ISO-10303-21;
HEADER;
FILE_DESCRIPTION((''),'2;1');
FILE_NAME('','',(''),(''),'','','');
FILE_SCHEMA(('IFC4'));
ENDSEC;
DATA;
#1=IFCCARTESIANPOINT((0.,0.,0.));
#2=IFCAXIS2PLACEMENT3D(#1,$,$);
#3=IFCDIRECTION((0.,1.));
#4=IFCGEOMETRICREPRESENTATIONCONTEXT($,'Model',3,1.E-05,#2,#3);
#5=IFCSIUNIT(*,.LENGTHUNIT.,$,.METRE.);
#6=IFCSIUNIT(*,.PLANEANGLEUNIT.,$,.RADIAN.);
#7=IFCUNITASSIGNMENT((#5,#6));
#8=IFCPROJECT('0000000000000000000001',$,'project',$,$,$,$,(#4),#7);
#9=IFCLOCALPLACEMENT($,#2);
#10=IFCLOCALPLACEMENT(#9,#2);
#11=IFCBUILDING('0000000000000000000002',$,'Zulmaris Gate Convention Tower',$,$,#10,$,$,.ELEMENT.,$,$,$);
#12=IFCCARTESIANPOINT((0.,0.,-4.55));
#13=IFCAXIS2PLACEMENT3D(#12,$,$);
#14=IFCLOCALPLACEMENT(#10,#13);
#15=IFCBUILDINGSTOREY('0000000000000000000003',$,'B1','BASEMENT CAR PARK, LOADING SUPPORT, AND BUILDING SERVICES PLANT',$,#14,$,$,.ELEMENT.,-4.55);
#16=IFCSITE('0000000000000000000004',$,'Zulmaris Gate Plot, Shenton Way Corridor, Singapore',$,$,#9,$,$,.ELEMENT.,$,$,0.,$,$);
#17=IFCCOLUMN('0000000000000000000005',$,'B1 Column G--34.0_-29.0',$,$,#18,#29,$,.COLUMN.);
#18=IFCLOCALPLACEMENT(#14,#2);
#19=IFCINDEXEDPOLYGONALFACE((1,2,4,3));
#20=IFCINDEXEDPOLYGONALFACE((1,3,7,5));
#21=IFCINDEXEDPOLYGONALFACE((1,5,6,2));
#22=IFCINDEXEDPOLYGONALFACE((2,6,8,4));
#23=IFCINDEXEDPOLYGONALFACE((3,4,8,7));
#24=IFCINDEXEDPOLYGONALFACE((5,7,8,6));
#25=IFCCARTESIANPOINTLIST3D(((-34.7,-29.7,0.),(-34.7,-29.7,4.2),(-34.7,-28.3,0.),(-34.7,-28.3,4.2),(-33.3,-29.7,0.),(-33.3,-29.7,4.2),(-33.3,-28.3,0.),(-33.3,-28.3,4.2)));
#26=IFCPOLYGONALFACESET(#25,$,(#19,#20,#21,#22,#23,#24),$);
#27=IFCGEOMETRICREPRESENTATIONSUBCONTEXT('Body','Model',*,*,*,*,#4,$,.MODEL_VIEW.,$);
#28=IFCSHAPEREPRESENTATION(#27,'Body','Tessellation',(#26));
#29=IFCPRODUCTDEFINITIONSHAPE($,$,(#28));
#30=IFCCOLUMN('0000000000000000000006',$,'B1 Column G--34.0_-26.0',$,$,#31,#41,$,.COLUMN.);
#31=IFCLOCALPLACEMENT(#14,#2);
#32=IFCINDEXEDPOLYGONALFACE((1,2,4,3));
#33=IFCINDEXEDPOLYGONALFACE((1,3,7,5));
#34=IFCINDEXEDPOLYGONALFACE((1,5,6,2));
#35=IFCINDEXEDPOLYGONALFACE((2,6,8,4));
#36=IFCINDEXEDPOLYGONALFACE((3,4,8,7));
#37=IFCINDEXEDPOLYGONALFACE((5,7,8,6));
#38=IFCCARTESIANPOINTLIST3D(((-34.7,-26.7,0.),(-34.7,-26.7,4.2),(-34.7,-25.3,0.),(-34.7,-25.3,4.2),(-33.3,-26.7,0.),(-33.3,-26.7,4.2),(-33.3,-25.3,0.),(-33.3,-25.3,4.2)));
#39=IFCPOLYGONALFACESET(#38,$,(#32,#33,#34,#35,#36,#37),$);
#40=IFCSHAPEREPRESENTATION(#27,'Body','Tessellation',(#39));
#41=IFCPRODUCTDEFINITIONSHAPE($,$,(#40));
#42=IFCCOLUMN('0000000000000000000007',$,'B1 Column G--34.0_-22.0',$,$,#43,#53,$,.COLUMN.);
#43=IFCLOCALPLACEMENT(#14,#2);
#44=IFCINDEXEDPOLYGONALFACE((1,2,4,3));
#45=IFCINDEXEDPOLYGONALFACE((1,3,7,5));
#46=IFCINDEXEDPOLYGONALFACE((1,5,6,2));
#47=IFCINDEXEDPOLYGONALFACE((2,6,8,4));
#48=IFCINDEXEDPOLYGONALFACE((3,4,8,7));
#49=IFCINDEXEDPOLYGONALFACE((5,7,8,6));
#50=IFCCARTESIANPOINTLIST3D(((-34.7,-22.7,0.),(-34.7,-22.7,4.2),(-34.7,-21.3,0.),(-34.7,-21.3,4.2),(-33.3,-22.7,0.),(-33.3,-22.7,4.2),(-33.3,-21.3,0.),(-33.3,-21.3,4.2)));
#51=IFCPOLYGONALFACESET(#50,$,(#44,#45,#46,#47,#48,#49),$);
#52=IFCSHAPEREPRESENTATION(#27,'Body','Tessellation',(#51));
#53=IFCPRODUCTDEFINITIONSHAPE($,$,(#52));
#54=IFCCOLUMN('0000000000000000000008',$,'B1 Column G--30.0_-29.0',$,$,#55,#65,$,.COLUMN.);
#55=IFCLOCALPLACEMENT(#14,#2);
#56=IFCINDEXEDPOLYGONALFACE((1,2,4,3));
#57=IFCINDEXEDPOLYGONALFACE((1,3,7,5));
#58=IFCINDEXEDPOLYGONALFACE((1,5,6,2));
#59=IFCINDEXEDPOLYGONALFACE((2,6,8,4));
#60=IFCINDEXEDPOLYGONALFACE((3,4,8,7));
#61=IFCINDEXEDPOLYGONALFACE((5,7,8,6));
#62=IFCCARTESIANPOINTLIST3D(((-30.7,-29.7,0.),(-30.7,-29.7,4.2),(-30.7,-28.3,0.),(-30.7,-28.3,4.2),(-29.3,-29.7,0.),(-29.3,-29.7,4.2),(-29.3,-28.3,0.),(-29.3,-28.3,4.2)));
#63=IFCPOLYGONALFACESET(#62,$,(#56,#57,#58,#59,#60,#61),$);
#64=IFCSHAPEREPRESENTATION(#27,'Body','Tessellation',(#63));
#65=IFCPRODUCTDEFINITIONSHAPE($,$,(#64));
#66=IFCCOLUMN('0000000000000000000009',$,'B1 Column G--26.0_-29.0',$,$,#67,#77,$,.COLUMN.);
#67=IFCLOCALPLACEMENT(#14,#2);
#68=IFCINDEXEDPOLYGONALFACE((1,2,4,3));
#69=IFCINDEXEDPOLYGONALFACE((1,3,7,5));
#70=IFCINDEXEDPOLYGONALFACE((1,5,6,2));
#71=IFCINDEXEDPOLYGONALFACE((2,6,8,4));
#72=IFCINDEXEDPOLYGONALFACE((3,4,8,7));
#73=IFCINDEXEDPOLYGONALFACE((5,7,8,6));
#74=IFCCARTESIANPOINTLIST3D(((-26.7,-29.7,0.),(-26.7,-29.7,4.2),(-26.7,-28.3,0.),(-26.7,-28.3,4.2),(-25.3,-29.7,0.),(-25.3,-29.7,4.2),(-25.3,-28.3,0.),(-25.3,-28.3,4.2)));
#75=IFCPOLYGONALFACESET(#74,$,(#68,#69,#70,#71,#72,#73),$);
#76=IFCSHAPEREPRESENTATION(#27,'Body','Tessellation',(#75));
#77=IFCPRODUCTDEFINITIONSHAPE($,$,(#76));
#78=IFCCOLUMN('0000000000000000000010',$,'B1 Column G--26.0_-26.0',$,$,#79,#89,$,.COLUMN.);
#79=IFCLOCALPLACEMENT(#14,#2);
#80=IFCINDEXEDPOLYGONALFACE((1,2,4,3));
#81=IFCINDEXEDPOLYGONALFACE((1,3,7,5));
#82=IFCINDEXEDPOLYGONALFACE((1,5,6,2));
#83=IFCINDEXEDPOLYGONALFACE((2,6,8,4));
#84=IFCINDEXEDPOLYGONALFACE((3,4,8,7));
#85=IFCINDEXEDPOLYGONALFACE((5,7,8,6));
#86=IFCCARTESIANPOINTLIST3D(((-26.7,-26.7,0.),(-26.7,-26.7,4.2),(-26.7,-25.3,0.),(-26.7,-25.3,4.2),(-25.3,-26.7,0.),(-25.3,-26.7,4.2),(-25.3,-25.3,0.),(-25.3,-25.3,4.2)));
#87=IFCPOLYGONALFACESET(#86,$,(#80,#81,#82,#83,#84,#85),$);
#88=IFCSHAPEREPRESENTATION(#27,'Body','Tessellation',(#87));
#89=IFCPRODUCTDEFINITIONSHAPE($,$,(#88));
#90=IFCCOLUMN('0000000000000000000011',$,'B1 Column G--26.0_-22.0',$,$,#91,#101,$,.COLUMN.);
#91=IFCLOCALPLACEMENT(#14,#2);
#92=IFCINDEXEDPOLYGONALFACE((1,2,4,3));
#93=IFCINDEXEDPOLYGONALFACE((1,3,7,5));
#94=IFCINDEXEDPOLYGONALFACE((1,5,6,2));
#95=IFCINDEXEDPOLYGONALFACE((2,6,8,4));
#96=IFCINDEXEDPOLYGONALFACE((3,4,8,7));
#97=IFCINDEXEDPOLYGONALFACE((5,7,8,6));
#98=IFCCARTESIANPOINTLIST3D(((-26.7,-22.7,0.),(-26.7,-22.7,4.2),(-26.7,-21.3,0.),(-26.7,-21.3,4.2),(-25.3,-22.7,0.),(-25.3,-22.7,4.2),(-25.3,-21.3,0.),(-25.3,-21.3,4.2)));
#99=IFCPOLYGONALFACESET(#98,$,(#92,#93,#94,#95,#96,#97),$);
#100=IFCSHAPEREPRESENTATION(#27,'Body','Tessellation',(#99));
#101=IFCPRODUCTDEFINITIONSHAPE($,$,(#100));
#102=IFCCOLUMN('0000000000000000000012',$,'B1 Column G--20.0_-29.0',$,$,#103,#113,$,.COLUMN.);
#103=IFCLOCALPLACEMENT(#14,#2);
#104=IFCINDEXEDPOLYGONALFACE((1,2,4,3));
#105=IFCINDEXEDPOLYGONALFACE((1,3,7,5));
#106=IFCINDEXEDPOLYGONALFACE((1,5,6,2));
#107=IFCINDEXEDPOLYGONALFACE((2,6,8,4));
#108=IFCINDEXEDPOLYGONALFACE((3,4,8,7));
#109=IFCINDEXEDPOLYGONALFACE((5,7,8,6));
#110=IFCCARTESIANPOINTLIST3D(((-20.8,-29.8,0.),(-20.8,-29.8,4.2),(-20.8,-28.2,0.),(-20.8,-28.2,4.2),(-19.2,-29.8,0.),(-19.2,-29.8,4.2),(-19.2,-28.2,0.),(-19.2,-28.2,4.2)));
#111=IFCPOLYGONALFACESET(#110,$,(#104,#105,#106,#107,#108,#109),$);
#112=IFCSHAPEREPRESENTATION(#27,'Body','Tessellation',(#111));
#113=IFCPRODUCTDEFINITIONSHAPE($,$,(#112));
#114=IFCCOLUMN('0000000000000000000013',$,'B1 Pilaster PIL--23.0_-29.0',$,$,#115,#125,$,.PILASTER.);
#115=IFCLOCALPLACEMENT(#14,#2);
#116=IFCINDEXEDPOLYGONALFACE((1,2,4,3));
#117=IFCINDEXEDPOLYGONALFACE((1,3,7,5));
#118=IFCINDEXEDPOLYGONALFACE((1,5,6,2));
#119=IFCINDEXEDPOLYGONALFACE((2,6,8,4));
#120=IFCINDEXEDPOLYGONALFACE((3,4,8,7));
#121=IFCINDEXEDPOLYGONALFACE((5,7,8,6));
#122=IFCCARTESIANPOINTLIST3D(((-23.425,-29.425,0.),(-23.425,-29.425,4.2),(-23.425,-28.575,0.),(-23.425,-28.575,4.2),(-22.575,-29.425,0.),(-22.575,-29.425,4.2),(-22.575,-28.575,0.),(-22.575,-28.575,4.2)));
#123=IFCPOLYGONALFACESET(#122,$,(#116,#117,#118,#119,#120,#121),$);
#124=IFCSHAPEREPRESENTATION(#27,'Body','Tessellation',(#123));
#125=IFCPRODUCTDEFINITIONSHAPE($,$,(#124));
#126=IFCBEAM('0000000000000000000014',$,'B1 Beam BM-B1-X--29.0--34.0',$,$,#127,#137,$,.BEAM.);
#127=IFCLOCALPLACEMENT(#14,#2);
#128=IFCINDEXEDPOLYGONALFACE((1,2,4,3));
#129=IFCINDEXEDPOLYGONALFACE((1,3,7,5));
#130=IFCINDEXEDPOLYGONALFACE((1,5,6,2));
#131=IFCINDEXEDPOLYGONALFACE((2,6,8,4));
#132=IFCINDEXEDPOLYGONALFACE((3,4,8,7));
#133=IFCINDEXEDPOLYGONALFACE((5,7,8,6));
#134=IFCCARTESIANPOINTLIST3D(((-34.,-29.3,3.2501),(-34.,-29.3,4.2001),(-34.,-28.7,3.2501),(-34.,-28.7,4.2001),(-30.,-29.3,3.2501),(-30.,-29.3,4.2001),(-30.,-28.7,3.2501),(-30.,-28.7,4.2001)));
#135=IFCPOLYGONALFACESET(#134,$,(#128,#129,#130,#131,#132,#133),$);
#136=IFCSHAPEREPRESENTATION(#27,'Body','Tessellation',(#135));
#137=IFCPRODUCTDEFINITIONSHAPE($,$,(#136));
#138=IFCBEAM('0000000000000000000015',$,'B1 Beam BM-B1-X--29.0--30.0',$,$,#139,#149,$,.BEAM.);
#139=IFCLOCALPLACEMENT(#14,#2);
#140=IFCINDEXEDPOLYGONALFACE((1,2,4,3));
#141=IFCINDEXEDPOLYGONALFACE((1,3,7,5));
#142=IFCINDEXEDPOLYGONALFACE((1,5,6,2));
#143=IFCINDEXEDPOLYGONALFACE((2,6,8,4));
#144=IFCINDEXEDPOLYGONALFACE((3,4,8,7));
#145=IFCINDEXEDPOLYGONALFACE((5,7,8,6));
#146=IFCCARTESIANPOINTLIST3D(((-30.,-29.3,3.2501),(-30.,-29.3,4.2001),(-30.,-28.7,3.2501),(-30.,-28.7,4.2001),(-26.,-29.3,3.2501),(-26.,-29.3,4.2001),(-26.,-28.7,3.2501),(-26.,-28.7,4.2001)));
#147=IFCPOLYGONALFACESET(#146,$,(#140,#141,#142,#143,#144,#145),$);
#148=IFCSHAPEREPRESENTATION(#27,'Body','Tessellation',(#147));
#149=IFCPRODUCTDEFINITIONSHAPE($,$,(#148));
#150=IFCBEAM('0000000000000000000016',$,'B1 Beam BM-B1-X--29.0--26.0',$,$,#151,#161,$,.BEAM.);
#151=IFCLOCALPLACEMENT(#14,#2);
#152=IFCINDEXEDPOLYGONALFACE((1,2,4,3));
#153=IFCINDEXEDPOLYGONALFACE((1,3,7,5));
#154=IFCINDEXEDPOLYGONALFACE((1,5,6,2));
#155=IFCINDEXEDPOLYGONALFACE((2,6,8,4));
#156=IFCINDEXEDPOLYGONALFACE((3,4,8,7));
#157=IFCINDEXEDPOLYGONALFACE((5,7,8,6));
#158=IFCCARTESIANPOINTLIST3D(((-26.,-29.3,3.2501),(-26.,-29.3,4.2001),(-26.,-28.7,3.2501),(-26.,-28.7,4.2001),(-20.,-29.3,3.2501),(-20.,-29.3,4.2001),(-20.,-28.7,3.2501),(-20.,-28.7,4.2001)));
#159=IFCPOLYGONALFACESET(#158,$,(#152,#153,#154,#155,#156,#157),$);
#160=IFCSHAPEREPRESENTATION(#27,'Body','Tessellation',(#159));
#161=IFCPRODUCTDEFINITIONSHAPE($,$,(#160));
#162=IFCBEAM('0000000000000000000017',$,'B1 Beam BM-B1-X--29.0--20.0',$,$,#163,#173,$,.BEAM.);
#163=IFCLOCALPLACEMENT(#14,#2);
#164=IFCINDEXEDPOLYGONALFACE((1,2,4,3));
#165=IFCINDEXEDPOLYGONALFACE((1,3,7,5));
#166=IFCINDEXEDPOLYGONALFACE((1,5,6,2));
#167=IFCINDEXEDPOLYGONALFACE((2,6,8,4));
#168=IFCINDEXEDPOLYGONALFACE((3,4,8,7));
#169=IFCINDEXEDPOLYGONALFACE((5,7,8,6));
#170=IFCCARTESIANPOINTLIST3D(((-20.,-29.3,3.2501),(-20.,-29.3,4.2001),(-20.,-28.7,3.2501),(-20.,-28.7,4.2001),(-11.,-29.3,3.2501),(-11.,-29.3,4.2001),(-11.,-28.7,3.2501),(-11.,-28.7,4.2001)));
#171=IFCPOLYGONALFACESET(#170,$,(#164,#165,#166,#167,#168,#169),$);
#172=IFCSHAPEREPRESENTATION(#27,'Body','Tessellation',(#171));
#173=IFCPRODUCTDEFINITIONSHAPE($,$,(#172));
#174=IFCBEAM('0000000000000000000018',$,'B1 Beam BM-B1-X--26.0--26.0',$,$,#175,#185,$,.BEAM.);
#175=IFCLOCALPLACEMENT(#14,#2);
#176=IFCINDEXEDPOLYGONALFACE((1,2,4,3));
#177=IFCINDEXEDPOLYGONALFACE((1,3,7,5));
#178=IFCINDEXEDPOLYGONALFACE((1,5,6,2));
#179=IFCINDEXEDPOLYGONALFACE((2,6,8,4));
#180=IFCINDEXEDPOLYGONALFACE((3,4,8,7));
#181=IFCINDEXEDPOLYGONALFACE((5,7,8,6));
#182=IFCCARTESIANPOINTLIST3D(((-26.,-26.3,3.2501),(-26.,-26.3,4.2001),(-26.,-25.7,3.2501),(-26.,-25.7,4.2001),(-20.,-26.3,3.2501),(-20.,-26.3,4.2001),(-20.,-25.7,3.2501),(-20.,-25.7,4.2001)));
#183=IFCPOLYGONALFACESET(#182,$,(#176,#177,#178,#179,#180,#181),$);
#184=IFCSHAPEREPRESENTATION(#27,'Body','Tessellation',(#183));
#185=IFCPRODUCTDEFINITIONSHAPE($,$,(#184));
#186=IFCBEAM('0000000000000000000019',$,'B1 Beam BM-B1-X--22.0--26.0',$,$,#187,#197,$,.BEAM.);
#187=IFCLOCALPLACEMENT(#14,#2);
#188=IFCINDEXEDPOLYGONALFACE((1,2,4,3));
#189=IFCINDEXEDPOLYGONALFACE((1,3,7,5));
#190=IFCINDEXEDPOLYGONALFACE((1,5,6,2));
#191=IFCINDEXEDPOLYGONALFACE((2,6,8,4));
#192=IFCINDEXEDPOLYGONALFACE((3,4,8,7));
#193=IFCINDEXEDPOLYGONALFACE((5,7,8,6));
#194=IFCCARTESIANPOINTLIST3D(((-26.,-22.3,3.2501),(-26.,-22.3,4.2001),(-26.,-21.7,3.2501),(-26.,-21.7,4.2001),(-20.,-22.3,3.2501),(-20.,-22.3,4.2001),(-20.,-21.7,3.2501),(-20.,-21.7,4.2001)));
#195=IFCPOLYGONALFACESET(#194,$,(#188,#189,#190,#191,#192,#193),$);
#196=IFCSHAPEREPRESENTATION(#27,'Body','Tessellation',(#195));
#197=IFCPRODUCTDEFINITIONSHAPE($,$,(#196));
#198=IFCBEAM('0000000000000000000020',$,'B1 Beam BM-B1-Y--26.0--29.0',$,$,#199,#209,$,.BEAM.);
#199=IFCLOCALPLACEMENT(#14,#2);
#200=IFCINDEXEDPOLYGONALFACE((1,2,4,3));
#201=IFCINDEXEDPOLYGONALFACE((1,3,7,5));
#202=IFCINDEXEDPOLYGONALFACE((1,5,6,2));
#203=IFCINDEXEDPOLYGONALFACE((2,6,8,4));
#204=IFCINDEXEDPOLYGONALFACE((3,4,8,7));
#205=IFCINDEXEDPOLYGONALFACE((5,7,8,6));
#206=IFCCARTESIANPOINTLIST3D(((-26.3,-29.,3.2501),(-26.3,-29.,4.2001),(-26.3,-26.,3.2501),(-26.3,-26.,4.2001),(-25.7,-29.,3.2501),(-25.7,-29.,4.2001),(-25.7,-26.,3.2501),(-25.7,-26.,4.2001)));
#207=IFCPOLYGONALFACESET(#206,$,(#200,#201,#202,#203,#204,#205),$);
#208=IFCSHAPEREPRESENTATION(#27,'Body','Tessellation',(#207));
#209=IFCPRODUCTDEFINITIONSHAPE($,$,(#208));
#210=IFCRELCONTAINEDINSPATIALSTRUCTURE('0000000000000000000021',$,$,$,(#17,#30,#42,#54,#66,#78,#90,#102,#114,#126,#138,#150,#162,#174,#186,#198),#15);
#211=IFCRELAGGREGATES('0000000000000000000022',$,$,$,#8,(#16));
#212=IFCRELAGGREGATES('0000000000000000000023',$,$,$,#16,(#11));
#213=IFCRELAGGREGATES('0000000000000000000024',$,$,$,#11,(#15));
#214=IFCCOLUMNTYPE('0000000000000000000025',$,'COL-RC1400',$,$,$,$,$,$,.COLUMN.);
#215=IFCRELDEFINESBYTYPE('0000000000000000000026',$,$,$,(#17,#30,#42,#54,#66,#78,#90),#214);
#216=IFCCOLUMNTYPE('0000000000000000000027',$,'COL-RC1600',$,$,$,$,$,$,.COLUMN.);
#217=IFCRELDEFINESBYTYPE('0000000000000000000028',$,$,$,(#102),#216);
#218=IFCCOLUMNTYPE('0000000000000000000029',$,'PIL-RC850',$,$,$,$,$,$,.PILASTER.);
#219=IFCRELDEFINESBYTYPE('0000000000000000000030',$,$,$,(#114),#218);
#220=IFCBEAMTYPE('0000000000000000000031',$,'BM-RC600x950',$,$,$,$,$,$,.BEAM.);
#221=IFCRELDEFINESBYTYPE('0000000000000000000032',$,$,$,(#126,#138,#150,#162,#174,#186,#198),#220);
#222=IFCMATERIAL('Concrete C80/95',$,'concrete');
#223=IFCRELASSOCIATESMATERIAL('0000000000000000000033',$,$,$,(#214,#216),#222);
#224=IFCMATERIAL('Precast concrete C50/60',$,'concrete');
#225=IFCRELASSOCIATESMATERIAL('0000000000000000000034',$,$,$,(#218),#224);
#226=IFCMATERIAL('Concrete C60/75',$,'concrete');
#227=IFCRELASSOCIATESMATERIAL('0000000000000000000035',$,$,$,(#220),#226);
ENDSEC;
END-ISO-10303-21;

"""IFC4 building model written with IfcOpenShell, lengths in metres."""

from ifc_helpers import new_model, si_unit, direction, frame, origin, origin_2d, place, context, subcontext, project, spatial, rectangle, extrude, material, material_profile, profile_set, type_object, element, save


model = new_model("IFC4")

# Units and contexts
model_context = context("Model", 3, precision=1e-05, world=origin(), true_north=direction((0.0, 1.0)))
body_context = subcontext(model_context, "Body", "Model", "MODEL_VIEW")
ifc_project = project(units=[si_unit("LENGTHUNIT", "METRE"), si_unit("PLANEANGLEUNIT", "RADIAN")], contexts=[model_context])

# Site, building, storey
site_placement = place(None, origin())
site = spatial("IfcSite", under=ifc_project, at=site_placement, Name="Zulmaris Gate Plot, Shenton Way Corridor, Singapore", CompositionType="ELEMENT", RefElevation=0.0)
building_placement = place(site_placement, origin())
building = spatial("IfcBuilding", under=site, at=building_placement, Name="Zulmaris Gate Convention Tower", CompositionType="ELEMENT")
storey_placement = place(building_placement, frame((0.0, 0.0, -4.55)))
storey = spatial("IfcBuildingStorey", under=building, at=storey_placement, Name="B1", Description="BASEMENT CAR PARK, LOADING SUPPORT, AND BUILDING SERVICES PLANT", CompositionType="ELEMENT", Elevation=-4.55)

# Columns
ifc_material_1 = material(Name="Concrete C80/95", Category="concrete")
ifc_material_profile_1 = material_profile(ifc_material_1, rectangle(XDim=1.3999, YDim=1.3999, at=origin_2d()), Name="RC COL 1400x1400")
ifc_profile_set_1 = profile_set([ifc_material_profile_1], Name="Concrete C80/95")
column_type_1 = type_object("IfcColumnType", Name="COL-RC1400", PredefinedType="COLUMN", material=ifc_profile_set_1)
for number, where, z_axis, x_axis, name in (
    (1, (-34.0, -29.0, 0.0), (0.0, 0.0, 1.0), (1.0, 0.0, 0.0), "B1 Column G--34.0_-29.0"),
    (2, (-34.0, -26.0, 0.0), (0.0, 0.0, 1.0), (1.0, 0.0, 0.0), "B1 Column G--34.0_-26.0"),
    (3, (-34.0, -22.0, 0.0), (0.0, 0.0, 1.0), (1.0, 0.0, 0.0), "B1 Column G--34.0_-22.0"),
    (4, (-30.0, -29.0, 0.0), (0.0, 0.0, 1.0), (1.0, 0.0, 0.0), "B1 Column G--30.0_-29.0"),
    (5, (-26.0, -29.0, 0.0), (0.0, 0.0, 1.0), (1.0, 0.0, 0.0), "B1 Column G--26.0_-29.0"),
    (6, (-26.0, -26.0, 0.0), (0.0, 0.0, 1.0), (1.0, 0.0, 0.0), "B1 Column G--26.0_-26.0"),
    (7, (-26.0, -22.0, 0.0), (0.0, 0.0, 1.0), (1.0, 0.0, 0.0), "B1 Column G--26.0_-22.0"),
):
    element("IfcColumn", number, at=place(storey_placement, frame(where, z_axis=z_axis, x_axis=x_axis)), inside=storey, type_object=column_type_1, Name=name, PredefinedType="COLUMN", context=body_context, shape_type="SweptSolid", body=[
        extrude(rectangle(XDim=1.3999, YDim=1.3999, at=origin_2d()), origin(), (0.0, 0.0, 1.0), 4.2),
    ])
ifc_material_profile_2 = material_profile(ifc_material_1, rectangle(XDim=1.6001, YDim=1.6001, at=origin_2d()), Name="RC COL 1600x1600")
ifc_profile_set_2 = profile_set([ifc_material_profile_2], Name="Concrete C80/95")
column_type_2 = type_object("IfcColumnType", Name="COL-RC1600", PredefinedType="COLUMN", material=ifc_profile_set_2)
column_1_placement = place(storey_placement, frame((-20.0, -29.0, 0.0), z_axis=(0.0, 0.0, 1.0), x_axis=(1.0, 0.0, 0.0)))
element("IfcColumn", 8, at=column_1_placement, inside=storey, type_object=column_type_2, Name="B1 Column G--20.0_-29.0", PredefinedType="COLUMN", context=body_context, shape_type="SweptSolid", body=[
    extrude(rectangle(XDim=1.6001, YDim=1.6001, at=origin_2d()), origin(), (0.0, 0.0, 1.0), 4.2),
])
ifc_material_2 = material(Name="Precast concrete C50/60", Category="concrete")
ifc_material_profile_3 = material_profile(ifc_material_2, rectangle(XDim=0.8501, YDim=0.8501, at=origin_2d()), Name="RC COL 850x850")
ifc_profile_set_3 = profile_set([ifc_material_profile_3], Name="Precast concrete C50/60")
column_type_3 = type_object("IfcColumnType", Name="PIL-RC850", PredefinedType="PILASTER", material=ifc_profile_set_3)
column_2_placement = place(storey_placement, frame((-23.0, -29.0, 0.0), z_axis=(0.0, 0.0, 1.0), x_axis=(1.0, 0.0, 0.0)))
element("IfcColumn", 9, at=column_2_placement, inside=storey, type_object=column_type_3, Name="B1 Pilaster PIL--23.0_-29.0", PredefinedType="PILASTER", context=body_context, shape_type="SweptSolid", body=[
    extrude(rectangle(XDim=0.8501, YDim=0.8501, at=origin_2d()), origin(), (0.0, 0.0, 1.0), 4.2),
])

# Beams
ifc_material_3 = material(Name="Concrete C60/75", Category="concrete")
ifc_material_profile_4 = material_profile(ifc_material_3, rectangle(XDim=0.6001, YDim=0.95, at=origin_2d()), Name="RC BEAM 600x950")
ifc_profile_set_4 = profile_set([ifc_material_profile_4], Name="Concrete C60/75")
beam_type = type_object("IfcBeamType", Name="BM-RC600x950", PredefinedType="BEAM", material=ifc_profile_set_4)
for number, where, z_axis, x_axis, name in (
    (10, (-34.0, -29.0, 3.7251), (1.0, 0.0, 0.0), (0.0, 1.0, 0.0), "B1 Beam BM-B1-X--29.0--34.0"),
    (11, (-30.0, -29.0, 3.7251), (1.0, 0.0, 0.0), (0.0, 1.0, 0.0), "B1 Beam BM-B1-X--29.0--30.0"),
):
    element("IfcBeam", number, at=place(storey_placement, frame(where, z_axis=z_axis, x_axis=x_axis)), inside=storey, type_object=beam_type, Name=name, PredefinedType="BEAM", context=body_context, shape_type="SweptSolid", body=[
        extrude(rectangle(XDim=0.6001, YDim=0.95, at=origin_2d()), origin(), (0.0, 0.0, 1.0), 4.0),
    ])
beam_1_placement = place(storey_placement, frame((-26.0, -29.0, 3.7251), z_axis=(1.0, 0.0, 0.0), x_axis=(0.0, 1.0, 0.0)))
element("IfcBeam", 12, at=beam_1_placement, inside=storey, type_object=beam_type, Name="B1 Beam BM-B1-X--29.0--26.0", PredefinedType="BEAM", context=body_context, shape_type="SweptSolid", body=[
    extrude(rectangle(XDim=0.6001, YDim=0.95, at=origin_2d()), origin(), (0.0, 0.0, 1.0), 6.0),
])
beam_2_placement = place(storey_placement, frame((-20.0, -29.0, 3.7251), z_axis=(1.0, 0.0, 0.0), x_axis=(0.0, 1.0, 0.0)))
element("IfcBeam", 13, at=beam_2_placement, inside=storey, type_object=beam_type, Name="B1 Beam BM-B1-X--29.0--20.0", PredefinedType="BEAM", context=body_context, shape_type="SweptSolid", body=[
    extrude(rectangle(XDim=0.6001, YDim=0.95, at=origin_2d()), origin(), (0.0, 0.0, 1.0), 9.0),
])
for number, where, z_axis, x_axis, name in (
    (14, (-26.0, -26.0, 3.7251), (1.0, 0.0, 0.0), (0.0, 1.0, 0.0), "B1 Beam BM-B1-X--26.0--26.0"),
    (15, (-26.0, -22.0, 3.7251), (1.0, 0.0, 0.0), (0.0, 1.0, 0.0), "B1 Beam BM-B1-X--22.0--26.0"),
):
    element("IfcBeam", number, at=place(storey_placement, frame(where, z_axis=z_axis, x_axis=x_axis)), inside=storey, type_object=beam_type, Name=name, PredefinedType="BEAM", context=body_context, shape_type="SweptSolid", body=[
        extrude(rectangle(XDim=0.6001, YDim=0.95, at=origin_2d()), origin(), (0.0, 0.0, 1.0), 6.0),
    ])
beam_3_placement = place(storey_placement, frame((-26.0, -29.0, 3.7251), z_axis=(0.0, 1.0, 0.0), x_axis=(-1.0, 0.0, 0.0)))
element("IfcBeam", 16, at=beam_3_placement, inside=storey, type_object=beam_type, Name="B1 Beam BM-B1-Y--26.0--29.0", PredefinedType="BEAM", context=body_context, shape_type="SweptSolid", body=[
    extrude(rectangle(XDim=0.6001, YDim=0.95, at=origin_2d()), origin(), (0.0, 0.0, 1.0), 3.0),
])

save(model, "model.ifc")
